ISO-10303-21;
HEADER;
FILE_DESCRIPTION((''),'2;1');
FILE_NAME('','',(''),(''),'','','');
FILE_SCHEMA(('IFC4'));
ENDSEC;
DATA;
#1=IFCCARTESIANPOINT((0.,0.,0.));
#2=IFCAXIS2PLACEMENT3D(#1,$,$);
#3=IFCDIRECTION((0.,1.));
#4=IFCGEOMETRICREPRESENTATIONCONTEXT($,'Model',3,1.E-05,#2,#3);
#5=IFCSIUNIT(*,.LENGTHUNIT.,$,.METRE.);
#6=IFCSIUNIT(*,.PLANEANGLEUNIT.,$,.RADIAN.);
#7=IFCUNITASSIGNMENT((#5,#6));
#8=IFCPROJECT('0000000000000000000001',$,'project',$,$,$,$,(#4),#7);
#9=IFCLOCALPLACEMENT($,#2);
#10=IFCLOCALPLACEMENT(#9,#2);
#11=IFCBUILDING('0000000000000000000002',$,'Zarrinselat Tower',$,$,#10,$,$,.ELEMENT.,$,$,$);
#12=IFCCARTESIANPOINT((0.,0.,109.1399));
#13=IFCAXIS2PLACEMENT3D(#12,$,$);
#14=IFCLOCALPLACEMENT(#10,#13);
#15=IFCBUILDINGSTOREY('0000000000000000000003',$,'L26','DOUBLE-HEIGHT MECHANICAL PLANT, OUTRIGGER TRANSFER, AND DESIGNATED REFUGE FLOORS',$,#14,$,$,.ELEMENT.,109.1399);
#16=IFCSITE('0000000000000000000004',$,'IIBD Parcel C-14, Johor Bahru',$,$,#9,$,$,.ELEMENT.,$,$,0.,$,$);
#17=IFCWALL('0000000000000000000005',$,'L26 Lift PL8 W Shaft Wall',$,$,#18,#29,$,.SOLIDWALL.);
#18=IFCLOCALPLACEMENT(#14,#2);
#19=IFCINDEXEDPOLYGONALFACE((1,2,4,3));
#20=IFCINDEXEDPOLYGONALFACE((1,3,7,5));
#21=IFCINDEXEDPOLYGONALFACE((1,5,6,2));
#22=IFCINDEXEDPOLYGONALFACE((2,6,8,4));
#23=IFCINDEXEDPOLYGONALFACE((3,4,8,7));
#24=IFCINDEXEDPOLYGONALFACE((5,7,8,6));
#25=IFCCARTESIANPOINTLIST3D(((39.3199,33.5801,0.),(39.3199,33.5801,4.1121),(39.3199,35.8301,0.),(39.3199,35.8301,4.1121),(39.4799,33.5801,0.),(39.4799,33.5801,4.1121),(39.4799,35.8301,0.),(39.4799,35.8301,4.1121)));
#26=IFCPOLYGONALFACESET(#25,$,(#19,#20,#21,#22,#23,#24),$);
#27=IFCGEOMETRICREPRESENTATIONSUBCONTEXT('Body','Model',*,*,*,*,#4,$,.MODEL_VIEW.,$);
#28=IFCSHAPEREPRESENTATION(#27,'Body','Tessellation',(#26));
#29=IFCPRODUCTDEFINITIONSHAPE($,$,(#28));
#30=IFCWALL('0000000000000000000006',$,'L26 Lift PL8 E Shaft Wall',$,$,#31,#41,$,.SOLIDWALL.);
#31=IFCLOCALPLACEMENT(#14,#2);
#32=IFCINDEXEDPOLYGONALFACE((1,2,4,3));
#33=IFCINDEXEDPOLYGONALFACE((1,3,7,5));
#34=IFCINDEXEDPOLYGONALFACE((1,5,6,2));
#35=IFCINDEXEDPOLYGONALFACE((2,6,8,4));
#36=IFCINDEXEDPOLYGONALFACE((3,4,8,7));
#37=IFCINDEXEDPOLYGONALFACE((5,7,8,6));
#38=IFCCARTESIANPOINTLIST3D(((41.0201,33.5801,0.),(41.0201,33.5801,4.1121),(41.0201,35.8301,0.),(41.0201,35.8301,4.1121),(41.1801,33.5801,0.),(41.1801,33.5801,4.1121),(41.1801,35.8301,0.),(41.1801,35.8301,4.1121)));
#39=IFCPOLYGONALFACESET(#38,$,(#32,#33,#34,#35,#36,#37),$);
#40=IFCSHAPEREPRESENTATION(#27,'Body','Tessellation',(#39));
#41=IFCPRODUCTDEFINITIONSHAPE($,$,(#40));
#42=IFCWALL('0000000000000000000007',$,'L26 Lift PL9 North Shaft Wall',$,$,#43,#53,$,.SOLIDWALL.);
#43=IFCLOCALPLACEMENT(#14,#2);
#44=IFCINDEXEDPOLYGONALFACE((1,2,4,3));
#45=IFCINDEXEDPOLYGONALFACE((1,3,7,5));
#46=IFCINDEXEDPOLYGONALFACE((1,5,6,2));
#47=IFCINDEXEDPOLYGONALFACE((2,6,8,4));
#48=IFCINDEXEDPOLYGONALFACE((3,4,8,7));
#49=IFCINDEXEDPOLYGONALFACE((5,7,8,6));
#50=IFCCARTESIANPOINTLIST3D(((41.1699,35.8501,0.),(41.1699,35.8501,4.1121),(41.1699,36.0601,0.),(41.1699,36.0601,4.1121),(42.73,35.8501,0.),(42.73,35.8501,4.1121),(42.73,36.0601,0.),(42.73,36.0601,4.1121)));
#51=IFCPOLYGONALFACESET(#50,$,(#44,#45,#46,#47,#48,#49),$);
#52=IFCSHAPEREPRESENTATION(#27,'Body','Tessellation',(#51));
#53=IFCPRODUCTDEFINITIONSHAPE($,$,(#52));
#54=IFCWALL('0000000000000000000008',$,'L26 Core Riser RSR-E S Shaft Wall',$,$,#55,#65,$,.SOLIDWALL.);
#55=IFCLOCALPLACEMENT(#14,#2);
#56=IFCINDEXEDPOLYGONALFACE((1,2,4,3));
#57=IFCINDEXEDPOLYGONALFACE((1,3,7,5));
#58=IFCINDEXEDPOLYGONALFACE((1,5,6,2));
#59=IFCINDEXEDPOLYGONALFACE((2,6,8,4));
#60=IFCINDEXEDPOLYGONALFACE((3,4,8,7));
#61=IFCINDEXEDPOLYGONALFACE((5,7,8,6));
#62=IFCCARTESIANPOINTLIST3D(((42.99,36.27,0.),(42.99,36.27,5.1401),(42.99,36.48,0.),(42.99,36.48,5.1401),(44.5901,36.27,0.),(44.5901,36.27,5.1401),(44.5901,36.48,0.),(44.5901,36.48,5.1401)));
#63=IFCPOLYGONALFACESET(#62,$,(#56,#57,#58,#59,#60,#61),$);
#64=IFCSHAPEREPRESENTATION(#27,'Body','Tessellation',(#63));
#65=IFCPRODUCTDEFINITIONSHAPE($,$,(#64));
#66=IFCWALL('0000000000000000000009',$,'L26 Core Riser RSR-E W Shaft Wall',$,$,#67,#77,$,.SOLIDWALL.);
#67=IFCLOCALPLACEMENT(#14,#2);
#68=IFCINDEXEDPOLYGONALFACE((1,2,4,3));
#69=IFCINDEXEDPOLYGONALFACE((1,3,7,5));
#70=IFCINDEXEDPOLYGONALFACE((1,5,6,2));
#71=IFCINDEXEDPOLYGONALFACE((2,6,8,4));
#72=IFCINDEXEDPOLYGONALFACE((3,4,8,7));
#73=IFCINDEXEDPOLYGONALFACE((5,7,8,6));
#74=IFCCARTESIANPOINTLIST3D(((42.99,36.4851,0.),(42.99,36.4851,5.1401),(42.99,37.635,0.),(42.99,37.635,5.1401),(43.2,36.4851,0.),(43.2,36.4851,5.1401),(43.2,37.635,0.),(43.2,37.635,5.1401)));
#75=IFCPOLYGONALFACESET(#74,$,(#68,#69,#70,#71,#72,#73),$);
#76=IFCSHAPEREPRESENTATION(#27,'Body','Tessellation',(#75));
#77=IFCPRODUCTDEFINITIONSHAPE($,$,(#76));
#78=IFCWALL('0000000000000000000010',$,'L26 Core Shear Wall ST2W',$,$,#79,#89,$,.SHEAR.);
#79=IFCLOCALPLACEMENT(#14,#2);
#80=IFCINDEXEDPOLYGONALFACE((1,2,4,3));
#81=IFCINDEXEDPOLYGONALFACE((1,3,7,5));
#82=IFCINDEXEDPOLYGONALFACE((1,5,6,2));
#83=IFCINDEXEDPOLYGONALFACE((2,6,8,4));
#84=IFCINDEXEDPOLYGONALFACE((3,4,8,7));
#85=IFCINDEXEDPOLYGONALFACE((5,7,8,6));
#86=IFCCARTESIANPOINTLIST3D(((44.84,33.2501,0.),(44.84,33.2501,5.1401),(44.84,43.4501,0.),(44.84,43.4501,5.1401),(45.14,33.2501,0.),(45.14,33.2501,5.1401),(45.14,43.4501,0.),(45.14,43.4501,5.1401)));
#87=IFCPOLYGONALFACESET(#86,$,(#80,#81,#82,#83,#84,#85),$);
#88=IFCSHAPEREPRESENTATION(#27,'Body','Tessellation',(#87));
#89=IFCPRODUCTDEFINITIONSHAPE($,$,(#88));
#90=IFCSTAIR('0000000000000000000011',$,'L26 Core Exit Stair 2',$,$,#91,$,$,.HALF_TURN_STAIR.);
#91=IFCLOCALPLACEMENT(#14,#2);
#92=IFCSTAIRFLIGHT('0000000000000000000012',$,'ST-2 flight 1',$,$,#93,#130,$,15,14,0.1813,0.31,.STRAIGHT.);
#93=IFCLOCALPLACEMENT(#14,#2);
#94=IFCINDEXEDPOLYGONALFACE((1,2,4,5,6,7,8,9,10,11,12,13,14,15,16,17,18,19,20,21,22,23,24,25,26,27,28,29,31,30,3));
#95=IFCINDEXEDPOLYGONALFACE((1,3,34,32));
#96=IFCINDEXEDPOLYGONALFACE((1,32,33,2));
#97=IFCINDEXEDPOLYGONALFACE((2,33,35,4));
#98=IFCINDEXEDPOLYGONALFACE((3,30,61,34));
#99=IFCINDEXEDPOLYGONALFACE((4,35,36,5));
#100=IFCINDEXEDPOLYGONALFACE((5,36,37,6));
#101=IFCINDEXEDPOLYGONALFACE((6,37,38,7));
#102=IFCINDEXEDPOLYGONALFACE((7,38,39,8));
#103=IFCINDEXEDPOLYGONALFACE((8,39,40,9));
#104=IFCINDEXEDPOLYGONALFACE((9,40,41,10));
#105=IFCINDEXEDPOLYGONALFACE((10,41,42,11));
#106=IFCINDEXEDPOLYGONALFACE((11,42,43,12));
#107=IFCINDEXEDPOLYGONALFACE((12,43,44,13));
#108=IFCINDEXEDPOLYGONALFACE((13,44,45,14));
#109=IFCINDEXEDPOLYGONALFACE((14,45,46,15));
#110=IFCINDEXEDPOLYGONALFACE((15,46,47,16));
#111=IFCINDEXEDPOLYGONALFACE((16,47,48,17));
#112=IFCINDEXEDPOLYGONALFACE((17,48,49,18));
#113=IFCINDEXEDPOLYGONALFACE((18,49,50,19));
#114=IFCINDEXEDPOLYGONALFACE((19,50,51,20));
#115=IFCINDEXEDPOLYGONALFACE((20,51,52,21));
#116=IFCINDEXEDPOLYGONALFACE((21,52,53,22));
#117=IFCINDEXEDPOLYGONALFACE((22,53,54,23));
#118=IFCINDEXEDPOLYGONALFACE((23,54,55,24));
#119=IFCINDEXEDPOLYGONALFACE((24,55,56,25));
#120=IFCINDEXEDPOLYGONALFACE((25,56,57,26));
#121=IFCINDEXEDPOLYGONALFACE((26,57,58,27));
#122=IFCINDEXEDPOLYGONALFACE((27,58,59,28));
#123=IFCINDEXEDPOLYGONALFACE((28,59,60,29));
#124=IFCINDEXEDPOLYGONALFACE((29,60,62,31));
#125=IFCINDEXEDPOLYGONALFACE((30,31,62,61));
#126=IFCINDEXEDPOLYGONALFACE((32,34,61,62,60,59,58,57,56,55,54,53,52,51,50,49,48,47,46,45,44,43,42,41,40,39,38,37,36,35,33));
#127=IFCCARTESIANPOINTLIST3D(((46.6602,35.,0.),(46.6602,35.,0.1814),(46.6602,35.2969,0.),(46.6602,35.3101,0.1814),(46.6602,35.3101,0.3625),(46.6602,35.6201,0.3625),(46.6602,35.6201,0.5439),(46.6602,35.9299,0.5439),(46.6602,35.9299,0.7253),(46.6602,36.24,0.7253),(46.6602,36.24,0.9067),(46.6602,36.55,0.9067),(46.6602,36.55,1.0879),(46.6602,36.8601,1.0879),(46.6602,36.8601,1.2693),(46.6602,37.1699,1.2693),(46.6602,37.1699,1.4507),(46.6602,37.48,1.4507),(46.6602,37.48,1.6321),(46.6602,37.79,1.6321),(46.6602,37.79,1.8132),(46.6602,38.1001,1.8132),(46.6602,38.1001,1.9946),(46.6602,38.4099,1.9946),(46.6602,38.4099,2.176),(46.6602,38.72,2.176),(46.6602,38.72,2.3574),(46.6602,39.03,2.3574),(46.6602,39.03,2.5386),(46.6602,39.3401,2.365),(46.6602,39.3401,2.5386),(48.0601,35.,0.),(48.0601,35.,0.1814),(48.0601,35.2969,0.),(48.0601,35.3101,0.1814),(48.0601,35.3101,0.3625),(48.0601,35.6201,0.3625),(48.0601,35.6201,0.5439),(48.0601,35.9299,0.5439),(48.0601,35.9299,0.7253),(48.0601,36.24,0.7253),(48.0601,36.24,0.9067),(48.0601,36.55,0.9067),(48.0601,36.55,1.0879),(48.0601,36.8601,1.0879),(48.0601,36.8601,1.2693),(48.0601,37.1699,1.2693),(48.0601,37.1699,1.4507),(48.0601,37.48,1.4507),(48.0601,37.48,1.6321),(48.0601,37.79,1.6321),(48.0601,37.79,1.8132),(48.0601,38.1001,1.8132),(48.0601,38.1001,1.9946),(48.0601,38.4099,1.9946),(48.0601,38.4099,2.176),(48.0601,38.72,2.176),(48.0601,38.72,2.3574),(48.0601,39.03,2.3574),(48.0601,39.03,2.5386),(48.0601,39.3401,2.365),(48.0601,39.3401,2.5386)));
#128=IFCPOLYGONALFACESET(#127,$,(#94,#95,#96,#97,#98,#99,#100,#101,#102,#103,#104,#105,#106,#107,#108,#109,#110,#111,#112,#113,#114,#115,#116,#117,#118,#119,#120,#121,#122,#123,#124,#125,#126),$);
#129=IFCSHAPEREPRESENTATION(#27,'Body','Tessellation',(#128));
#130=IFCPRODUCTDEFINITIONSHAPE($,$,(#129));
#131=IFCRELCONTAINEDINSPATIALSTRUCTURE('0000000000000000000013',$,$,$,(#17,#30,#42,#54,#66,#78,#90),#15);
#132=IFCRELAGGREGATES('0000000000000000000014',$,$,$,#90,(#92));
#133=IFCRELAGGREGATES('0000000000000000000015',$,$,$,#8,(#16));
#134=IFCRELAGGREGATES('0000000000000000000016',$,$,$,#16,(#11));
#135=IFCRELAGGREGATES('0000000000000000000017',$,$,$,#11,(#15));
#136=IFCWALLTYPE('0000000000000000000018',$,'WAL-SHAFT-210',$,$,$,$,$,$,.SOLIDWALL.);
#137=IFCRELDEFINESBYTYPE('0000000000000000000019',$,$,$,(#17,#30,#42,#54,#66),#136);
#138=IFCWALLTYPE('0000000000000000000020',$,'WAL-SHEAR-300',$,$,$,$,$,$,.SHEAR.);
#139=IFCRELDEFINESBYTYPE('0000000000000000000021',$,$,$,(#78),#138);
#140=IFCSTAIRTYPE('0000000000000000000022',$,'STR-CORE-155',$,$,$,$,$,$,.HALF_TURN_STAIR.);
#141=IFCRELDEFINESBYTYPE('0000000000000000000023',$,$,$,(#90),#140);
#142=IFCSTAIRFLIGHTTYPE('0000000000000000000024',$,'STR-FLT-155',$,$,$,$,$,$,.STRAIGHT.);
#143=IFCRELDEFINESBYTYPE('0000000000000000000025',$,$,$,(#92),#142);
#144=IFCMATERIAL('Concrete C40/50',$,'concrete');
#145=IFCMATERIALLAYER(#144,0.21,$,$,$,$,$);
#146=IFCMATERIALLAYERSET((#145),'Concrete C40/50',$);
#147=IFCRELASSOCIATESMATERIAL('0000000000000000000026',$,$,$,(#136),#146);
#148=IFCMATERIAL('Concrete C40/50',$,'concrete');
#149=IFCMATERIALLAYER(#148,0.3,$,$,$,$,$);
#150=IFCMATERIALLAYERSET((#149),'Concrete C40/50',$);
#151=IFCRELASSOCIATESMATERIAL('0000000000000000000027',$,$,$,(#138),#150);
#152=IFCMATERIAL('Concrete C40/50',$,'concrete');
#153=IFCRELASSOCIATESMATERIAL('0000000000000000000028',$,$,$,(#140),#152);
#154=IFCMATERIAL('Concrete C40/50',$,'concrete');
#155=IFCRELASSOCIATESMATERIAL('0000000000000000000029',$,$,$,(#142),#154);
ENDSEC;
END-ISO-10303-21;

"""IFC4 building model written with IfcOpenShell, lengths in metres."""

from ifc_helpers import new_model, si_unit, direction, frame, frame_2d, origin, place, context, subcontext, project, spatial, polyline, rectangle, outline, extrude, material, layer, layer_set, type_object, element, aggregate, save


model = new_model("IFC4")

# Units and contexts
model_context = context("Model", 3, precision=1e-05, world=origin(), true_north=direction((0.0, 1.0)))
body_context = subcontext(model_context, "Body", "Model", "MODEL_VIEW")
ifc_project = project(units=[si_unit("LENGTHUNIT", "METRE"), si_unit("PLANEANGLEUNIT", "RADIAN")], contexts=[model_context])

# Site, building, storey
site_placement = place(None, origin())
site = spatial("IfcSite", under=ifc_project, at=site_placement, Name="IIBD Parcel C-14, Johor Bahru", CompositionType="ELEMENT", RefElevation=0.0)
building_placement = place(site_placement, origin())
building = spatial("IfcBuilding", under=site, at=building_placement, Name="Zarrinselat Tower", CompositionType="ELEMENT")
storey_placement = place(building_placement, frame((0.0, 0.0, 109.1399)))
storey = spatial("IfcBuildingStorey", under=building, at=storey_placement, Name="L26", Description="DOUBLE-HEIGHT MECHANICAL PLANT, OUTRIGGER TRANSFER, AND DESIGNATED REFUGE FLOORS", CompositionType="ELEMENT", Elevation=109.1399)

# Walls
ifc_material_1 = material(Name="Concrete C40/50", Category="concrete")
ifc_layer_1 = layer(ifc_material_1, 0.21)
ifc_layer_set_1 = layer_set([ifc_layer_1], Name="Concrete C40/50")
wall_type_1 = type_object("IfcWallType", Name="WAL-SHAFT-210", PredefinedType="SOLIDWALL", material=ifc_layer_set_1)
for number, where, z_axis, x_axis, name in (
    (1, (39.3999, 33.5801, 0.0), (0.0, 0.0, 1.0), (0.0, 1.0, 0.0), "L26 Lift PL8 W Shaft Wall"),
    (2, (41.1001, 33.5801, 0.0), (0.0, 0.0, 1.0), (0.0, 1.0, 0.0), "L26 Lift PL8 E Shaft Wall"),
):
    element("IfcWall", number, at=place(storey_placement, frame(where, z_axis=z_axis, x_axis=x_axis)), inside=storey, type_object=wall_type_1, Name=name, PredefinedType="SOLIDWALL", context=body_context, shape_type="SweptSolid", body=[
        extrude(rectangle(XDim=2.25, YDim=0.1599, at=frame_2d((1.125, 0.0))), origin(), (0.0, 0.0, 1.0), 4.1121),
    ])
wall_1_placement = place(storey_placement, frame((41.1699, 35.9551, 0.0), z_axis=(0.0, 0.0, 1.0), x_axis=(1.0, 0.0, 0.0)))
element("IfcWall", 3, at=wall_1_placement, inside=storey, type_object=wall_type_1, Name="L26 Lift PL9 North Shaft Wall", PredefinedType="SOLIDWALL", context=body_context, shape_type="SweptSolid", body=[
    extrude(rectangle(XDim=1.5601, YDim=0.21, at=frame_2d((0.78, 0.0))), origin(), (0.0, 0.0, 1.0), 4.1121),
])
wall_2_placement = place(storey_placement, frame((42.99, 36.375, 0.0), z_axis=(0.0, 0.0, 1.0), x_axis=(1.0, 0.0, 0.0)))
element("IfcWall", 4, at=wall_2_placement, inside=storey, type_object=wall_type_1, Name="L26 Core Riser RSR-E S Shaft Wall", PredefinedType="SOLIDWALL", context=body_context, shape_type="SweptSolid", body=[
    extrude(rectangle(XDim=1.6001, YDim=0.21, at=frame_2d((0.8, 0.0))), origin(), (0.0, 0.0, 1.0), 5.1401),
])
wall_3_placement = place(storey_placement, frame((43.095, 36.4851, 0.0), z_axis=(0.0, 0.0, 1.0), x_axis=(0.0, 1.0, 0.0)))
element("IfcWall", 5, at=wall_3_placement, inside=storey, type_object=wall_type_1, Name="L26 Core Riser RSR-E W Shaft Wall", PredefinedType="SOLIDWALL", context=body_context, shape_type="SweptSolid", body=[
    extrude(rectangle(XDim=1.1499, YDim=0.21, at=frame_2d((0.575, 0.0))), origin(), (0.0, 0.0, 1.0), 5.1401),
])
ifc_material_2 = material(Name="Concrete C40/50", Category="concrete")
ifc_layer_2 = layer(ifc_material_2, 0.3)
ifc_layer_set_2 = layer_set([ifc_layer_2], Name="Concrete C40/50")
wall_type_2 = type_object("IfcWallType", Name="WAL-SHEAR-300", PredefinedType="SHEAR", material=ifc_layer_set_2)
wall_4_placement = place(storey_placement, frame((44.99, 33.25, 0.0), z_axis=(0.0, 0.0, 1.0), x_axis=(0.0, 1.0, 0.0)))
element("IfcWall", 6, at=wall_4_placement, inside=storey, type_object=wall_type_2, Name="L26 Core Shear Wall ST2W", PredefinedType="SHEAR", context=body_context, shape_type="SweptSolid", body=[
    extrude(rectangle(XDim=10.2, YDim=0.3, at=frame_2d((5.1001, 0.0))), origin(), (0.0, 0.0, 1.0), 5.1401),
])

# Stair, stair flight
ifc_material_3 = material(Name="Concrete C40/50", Category="concrete")
stair_type = type_object("IfcStairType", Name="STR-CORE-155", PredefinedType="HALF_TURN_STAIR", material=ifc_material_3)
stair_placement = place(storey_placement, origin())
stair = element("IfcStair", 7, at=stair_placement, inside=storey, type_object=stair_type, Name="L26 Core Exit Stair 2", PredefinedType="HALF_TURN_STAIR")
ifc_material_4 = material(Name="Concrete C40/50", Category="concrete")
stair_flight_type = type_object("IfcStairFlightType", Name="STR-FLT-155", PredefinedType="STRAIGHT", material=ifc_material_4)
stair_flight_placement = place(storey_placement, frame((47.3601, 35.0, 0.0), z_axis=(0.0, 0.0, 1.0), x_axis=(0.0, 1.0, 0.0)))
stair_flight = element("IfcStairFlight", 8, at=stair_flight_placement, type_object=stair_flight_type, Name="ST-2 flight 1", NumberOfRisers=15, NumberOfTreads=14, PredefinedType="STRAIGHT", RiserHeight=0.1813, TreadLength=0.31, context=body_context, shape_type="SweptSolid", body=[
    extrude(outline(polyline([(0.0, 0.0), (0.0, 0.1814), (0.3101, 0.1814), (0.3101, 0.3625), (0.6201, 0.3625), (0.6201, 0.5439), (0.9299, 0.5439), (0.9299, 0.7253), (1.24, 0.7253), (1.24, 0.9067), (1.55, 0.9067), (1.55, 1.0879), (1.8601, 1.0879), (1.8601, 1.2693), (2.1699, 1.2693), (2.1699, 1.4507), (2.48, 1.4507), (2.48, 1.6321), (2.79, 1.6321), (2.79, 1.8132), (3.1001, 1.8132), (3.1001, 1.9946), (3.4099, 1.9946), (3.4099, 2.176), (3.72, 2.176), (3.72, 2.3574), (4.03, 2.3574), (4.03, 2.5386), (4.3401, 2.5386), (4.3401, 2.72), (4.3401, 2.365), (0.2969, 0.0), (0.0, 0.0)])), frame((0.0, 0.7, 0.0), z_axis=(0.0, -1.0, 0.0), x_axis=(1.0, 0.0, 0.0)), (0.0, 0.0, 1.0), 1.3999),
])
aggregate(stair, [stair_flight])

save(model, "model.ifc")
